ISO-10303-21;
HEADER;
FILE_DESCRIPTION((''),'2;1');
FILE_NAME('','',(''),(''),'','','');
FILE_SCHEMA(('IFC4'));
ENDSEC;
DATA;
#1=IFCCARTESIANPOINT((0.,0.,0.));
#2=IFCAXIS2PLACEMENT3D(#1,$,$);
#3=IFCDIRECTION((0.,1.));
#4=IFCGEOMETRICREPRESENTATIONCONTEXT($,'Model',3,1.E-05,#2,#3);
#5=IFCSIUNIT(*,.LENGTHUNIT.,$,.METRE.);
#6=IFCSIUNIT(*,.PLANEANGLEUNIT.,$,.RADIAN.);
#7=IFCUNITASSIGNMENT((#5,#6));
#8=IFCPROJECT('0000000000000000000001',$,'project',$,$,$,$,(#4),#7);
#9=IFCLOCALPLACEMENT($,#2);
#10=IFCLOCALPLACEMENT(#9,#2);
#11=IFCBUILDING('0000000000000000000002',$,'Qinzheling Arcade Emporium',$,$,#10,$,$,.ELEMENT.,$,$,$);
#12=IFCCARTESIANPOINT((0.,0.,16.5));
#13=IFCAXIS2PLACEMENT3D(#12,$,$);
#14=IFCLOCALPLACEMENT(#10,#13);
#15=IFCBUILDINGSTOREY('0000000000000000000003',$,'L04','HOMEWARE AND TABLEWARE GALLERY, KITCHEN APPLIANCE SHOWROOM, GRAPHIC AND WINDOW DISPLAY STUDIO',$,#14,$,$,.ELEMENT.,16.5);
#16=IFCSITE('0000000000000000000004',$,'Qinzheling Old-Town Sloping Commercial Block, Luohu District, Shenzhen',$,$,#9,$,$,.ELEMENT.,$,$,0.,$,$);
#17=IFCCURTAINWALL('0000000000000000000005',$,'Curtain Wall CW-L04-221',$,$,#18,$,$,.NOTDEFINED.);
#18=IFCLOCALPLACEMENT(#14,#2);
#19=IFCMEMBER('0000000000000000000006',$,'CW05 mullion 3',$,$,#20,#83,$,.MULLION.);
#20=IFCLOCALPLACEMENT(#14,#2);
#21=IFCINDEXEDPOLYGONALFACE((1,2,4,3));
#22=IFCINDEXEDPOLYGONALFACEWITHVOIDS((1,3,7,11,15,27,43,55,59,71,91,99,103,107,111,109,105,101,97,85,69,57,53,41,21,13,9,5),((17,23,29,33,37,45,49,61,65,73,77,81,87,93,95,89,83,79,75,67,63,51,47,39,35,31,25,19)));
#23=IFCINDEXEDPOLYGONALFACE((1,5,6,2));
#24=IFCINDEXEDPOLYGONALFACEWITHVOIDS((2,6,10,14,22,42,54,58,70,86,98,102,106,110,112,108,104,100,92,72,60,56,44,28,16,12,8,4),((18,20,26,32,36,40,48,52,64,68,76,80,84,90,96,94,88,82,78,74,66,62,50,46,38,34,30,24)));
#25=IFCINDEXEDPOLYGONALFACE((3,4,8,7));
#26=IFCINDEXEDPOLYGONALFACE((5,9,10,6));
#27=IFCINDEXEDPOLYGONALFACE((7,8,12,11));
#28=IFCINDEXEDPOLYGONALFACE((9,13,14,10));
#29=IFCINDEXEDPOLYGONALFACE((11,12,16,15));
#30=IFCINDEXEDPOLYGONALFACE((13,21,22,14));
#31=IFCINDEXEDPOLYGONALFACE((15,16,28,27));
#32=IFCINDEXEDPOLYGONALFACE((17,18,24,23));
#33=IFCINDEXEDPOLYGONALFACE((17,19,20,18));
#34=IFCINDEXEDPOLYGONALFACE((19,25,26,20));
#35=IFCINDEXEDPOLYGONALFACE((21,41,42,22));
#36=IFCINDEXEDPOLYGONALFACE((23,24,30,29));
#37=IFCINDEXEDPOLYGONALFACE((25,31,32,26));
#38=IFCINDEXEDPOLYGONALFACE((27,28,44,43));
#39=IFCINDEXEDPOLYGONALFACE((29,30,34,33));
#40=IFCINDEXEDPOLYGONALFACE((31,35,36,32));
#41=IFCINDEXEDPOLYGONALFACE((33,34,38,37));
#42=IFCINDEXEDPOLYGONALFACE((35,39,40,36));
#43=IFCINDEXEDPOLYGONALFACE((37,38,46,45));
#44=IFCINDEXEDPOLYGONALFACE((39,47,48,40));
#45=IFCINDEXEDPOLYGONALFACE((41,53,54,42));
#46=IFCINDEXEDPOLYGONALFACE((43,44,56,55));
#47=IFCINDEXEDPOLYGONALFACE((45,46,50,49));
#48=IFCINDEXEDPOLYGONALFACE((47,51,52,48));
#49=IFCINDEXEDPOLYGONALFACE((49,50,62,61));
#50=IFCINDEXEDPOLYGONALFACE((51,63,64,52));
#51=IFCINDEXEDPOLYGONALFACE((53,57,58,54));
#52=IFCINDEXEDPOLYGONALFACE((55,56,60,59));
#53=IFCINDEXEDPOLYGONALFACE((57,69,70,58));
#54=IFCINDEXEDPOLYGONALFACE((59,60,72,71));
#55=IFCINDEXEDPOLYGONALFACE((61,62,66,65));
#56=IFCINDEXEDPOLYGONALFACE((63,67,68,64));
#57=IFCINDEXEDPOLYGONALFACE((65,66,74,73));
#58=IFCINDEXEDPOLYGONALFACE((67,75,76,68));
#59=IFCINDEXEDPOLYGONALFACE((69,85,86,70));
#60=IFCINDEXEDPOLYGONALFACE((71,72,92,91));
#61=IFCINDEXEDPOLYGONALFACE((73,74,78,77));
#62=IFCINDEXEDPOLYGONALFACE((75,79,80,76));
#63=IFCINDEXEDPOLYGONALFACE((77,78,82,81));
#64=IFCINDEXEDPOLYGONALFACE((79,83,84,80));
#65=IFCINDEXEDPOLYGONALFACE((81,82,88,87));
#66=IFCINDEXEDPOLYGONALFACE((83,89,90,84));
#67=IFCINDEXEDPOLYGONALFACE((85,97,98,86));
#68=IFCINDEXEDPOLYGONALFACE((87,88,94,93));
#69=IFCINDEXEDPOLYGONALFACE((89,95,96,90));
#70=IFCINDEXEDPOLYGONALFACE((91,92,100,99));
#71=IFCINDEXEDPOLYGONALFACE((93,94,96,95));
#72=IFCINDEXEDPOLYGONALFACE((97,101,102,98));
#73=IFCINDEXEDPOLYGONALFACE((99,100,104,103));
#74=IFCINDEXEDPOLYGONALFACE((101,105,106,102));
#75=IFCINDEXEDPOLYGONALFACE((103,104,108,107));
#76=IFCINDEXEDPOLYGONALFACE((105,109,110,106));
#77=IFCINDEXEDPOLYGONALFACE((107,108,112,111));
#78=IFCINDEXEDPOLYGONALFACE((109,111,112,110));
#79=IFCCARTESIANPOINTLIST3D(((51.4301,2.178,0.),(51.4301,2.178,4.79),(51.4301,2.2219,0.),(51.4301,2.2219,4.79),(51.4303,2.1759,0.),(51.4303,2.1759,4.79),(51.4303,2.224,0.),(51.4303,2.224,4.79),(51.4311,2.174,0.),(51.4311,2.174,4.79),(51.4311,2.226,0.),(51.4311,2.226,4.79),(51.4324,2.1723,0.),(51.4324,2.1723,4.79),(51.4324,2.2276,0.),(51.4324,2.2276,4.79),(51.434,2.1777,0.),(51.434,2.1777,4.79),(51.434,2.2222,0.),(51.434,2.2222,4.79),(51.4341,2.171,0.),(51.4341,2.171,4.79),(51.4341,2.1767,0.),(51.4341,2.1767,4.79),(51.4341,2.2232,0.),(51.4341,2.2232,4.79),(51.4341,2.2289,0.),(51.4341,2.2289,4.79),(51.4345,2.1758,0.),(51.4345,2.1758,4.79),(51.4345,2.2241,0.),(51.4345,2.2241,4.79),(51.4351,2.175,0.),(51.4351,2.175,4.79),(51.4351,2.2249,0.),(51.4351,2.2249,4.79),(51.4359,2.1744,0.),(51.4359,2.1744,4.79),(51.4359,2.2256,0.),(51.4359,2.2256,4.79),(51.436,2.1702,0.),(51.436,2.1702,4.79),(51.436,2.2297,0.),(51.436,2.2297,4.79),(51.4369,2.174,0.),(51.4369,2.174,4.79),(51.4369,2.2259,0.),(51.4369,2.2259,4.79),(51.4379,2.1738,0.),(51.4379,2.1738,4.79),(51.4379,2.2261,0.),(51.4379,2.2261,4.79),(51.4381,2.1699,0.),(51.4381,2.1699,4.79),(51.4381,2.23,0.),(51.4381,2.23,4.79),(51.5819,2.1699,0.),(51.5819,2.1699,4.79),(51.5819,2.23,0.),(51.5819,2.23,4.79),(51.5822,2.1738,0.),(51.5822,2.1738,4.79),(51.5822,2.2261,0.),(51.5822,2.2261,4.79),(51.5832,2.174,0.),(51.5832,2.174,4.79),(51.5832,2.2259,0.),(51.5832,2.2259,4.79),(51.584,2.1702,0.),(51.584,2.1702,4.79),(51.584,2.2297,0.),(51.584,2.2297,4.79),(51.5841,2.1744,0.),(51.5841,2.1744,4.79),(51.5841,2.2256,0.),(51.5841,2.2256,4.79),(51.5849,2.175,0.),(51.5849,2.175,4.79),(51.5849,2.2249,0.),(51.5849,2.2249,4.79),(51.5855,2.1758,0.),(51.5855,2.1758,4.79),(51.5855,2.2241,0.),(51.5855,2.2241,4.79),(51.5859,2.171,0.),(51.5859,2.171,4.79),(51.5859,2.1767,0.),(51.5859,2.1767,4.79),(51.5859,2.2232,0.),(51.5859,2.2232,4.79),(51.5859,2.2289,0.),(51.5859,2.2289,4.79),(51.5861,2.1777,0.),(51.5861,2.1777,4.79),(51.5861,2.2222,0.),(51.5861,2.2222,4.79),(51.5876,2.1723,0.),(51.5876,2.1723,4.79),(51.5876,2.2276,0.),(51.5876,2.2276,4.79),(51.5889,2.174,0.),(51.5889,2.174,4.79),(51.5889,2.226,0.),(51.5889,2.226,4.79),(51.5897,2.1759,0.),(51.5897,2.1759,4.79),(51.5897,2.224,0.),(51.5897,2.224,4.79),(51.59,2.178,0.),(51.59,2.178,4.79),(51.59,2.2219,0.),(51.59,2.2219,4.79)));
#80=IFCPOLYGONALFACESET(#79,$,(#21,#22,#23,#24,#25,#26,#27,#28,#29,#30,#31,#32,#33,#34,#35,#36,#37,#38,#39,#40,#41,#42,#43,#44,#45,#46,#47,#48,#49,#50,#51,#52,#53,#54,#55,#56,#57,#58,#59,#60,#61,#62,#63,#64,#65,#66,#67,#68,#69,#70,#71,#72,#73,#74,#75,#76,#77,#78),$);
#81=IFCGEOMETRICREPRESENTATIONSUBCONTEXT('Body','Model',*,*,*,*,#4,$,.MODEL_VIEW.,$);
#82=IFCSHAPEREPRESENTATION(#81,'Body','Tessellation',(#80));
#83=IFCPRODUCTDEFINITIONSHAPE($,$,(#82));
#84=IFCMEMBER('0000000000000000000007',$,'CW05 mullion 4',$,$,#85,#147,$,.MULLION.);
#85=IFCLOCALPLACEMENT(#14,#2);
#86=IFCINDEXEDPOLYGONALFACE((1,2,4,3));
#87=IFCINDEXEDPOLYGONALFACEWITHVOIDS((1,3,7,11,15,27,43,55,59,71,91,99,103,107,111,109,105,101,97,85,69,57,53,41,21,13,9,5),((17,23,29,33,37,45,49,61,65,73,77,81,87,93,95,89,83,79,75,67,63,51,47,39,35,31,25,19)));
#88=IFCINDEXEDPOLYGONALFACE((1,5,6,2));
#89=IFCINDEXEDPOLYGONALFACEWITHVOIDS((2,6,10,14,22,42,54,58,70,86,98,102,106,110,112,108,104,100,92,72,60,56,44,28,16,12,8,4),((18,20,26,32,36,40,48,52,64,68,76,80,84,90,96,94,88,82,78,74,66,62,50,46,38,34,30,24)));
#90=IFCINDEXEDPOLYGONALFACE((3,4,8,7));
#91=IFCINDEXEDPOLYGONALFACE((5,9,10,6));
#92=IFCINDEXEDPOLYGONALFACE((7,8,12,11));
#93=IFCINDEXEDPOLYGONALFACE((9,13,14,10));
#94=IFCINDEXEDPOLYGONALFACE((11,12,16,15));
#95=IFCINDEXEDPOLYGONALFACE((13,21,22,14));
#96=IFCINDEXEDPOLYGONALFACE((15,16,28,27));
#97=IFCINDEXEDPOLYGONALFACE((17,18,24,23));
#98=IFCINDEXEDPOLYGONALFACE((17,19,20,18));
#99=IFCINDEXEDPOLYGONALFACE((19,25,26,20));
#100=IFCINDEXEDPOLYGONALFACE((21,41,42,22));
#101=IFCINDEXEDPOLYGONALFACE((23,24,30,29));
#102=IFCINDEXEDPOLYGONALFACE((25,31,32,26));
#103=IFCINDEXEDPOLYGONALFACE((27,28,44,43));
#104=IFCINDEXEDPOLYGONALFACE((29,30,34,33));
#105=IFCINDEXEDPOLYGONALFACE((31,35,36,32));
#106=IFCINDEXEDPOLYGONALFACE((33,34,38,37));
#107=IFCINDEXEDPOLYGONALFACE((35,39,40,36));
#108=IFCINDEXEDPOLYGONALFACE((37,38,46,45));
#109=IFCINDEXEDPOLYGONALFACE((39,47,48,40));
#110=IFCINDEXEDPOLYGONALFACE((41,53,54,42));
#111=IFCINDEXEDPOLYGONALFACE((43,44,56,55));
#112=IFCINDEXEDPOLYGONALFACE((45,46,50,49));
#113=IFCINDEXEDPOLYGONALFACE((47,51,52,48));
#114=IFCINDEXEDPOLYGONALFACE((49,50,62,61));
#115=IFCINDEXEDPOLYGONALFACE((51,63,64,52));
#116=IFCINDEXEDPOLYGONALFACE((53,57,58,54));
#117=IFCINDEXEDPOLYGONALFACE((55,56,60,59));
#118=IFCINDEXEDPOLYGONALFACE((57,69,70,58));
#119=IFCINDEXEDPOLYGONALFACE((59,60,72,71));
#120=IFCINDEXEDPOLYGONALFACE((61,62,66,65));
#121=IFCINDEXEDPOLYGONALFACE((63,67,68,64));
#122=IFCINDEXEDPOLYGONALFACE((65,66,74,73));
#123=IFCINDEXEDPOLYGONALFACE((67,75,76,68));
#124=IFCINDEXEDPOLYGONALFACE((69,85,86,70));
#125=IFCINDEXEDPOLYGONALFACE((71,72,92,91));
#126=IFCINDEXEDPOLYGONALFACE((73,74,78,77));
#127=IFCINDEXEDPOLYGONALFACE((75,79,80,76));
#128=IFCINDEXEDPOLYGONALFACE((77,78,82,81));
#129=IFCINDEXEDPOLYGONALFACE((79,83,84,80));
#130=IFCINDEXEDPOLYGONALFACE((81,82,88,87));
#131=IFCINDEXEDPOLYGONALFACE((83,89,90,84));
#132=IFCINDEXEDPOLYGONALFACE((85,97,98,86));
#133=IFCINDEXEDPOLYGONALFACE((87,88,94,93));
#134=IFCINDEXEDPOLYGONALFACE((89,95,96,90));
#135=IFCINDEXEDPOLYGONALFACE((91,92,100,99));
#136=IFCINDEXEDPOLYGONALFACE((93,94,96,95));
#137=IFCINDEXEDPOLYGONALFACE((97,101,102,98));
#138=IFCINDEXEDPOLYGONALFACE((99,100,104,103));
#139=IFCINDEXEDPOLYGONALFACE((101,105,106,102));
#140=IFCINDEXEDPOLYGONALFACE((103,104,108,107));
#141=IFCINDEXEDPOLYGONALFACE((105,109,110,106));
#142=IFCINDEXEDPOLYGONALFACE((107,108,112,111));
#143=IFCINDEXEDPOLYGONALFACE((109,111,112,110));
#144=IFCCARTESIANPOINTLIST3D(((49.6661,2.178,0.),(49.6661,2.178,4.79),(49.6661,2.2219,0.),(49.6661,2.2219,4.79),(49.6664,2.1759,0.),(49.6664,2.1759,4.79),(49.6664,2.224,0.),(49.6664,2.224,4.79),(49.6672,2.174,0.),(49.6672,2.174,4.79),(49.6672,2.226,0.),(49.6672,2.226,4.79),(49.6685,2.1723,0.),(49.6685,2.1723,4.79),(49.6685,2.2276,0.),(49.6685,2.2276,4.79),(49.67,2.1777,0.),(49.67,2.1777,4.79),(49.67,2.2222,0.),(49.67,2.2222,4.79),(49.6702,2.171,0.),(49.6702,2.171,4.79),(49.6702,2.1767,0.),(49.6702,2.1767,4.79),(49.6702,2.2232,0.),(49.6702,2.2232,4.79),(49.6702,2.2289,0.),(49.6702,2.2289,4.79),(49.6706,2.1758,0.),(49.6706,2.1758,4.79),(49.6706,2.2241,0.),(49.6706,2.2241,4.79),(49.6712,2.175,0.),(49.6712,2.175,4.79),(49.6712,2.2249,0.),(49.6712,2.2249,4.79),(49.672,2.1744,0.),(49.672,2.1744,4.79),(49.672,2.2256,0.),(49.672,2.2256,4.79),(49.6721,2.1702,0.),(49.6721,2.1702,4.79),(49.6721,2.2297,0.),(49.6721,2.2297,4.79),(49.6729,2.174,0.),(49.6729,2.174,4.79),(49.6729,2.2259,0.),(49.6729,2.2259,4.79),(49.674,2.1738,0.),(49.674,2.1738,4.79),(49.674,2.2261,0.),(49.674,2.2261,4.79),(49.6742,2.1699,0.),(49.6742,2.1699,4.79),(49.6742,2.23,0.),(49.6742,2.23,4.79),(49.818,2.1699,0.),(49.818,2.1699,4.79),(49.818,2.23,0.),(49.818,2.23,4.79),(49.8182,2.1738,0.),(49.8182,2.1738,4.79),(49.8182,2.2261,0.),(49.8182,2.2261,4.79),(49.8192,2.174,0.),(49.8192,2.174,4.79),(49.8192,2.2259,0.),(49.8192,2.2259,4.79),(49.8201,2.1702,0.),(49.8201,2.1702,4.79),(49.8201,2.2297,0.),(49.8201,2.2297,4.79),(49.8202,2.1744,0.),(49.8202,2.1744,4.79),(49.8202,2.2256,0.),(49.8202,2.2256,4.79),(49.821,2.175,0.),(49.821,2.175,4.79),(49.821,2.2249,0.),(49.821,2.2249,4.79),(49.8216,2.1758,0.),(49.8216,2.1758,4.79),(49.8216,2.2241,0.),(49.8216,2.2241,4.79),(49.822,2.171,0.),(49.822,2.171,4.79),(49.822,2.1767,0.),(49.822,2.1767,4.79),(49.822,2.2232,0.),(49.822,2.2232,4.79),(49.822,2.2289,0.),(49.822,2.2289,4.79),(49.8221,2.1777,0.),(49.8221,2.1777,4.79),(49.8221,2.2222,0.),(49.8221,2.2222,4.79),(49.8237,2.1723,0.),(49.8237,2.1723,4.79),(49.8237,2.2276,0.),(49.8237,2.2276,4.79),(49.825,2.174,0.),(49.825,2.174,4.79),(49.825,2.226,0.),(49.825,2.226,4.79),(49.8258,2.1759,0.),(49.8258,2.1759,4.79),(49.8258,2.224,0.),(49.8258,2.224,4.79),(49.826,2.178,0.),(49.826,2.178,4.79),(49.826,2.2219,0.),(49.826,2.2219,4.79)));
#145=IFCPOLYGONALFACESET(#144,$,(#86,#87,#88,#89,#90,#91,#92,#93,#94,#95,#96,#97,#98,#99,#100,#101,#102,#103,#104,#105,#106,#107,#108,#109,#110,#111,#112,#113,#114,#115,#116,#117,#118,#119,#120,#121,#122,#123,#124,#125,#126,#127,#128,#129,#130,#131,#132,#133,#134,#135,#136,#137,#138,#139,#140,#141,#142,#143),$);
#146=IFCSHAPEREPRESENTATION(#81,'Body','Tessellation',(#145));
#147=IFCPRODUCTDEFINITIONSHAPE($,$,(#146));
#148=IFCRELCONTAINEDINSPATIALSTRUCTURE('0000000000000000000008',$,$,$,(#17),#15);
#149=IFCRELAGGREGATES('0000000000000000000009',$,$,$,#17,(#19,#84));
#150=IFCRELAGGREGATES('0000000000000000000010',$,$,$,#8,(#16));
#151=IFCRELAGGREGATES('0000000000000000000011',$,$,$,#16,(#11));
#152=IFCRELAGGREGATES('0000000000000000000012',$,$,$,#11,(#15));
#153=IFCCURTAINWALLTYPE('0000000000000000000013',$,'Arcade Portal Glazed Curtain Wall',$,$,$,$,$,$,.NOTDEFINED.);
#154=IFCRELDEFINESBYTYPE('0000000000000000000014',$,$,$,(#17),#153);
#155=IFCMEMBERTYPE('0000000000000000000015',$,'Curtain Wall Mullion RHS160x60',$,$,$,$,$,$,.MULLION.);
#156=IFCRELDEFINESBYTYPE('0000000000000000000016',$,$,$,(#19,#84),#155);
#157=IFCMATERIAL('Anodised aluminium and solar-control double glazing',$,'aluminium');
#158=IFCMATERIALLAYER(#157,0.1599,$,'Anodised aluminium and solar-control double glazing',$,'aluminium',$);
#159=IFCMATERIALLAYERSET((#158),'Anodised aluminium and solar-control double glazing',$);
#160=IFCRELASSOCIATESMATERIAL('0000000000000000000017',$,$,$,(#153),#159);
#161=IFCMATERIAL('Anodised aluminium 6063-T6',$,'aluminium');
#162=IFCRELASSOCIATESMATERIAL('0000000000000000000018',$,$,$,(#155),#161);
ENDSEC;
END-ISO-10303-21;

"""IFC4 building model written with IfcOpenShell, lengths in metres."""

from ifc_helpers import new_model, si_unit, direction, frame, origin, origin_2d, place, context, subcontext, project, spatial, hollow_rectangle, extrude, material, layer, layer_set, material_profile, profile_set, type_object, element, aggregate, save


model = new_model("IFC4")

# Units and contexts
model_context = context("Model", 3, precision=1e-05, world=origin(), true_north=direction((0.0, 1.0)))
body_context = subcontext(model_context, "Body", "Model", "MODEL_VIEW")
ifc_project = project(units=[si_unit("LENGTHUNIT", "METRE"), si_unit("PLANEANGLEUNIT", "RADIAN")], contexts=[model_context])

# Site, building, storey
site_placement = place(None, origin())
site = spatial("IfcSite", under=ifc_project, at=site_placement, Name="Qinzheling Old-Town Sloping Commercial Block, Luohu District, Shenzhen", CompositionType="ELEMENT", RefElevation=0.0)
building_placement = place(site_placement, origin())
building = spatial("IfcBuilding", under=site, at=building_placement, Name="Qinzheling Arcade Emporium", CompositionType="ELEMENT")
storey_placement = place(building_placement, frame((0.0, 0.0, 16.5)))
storey = spatial("IfcBuildingStorey", under=building, at=storey_placement, Name="L04", Description="HOMEWARE AND TABLEWARE GALLERY, KITCHEN APPLIANCE SHOWROOM, GRAPHIC AND WINDOW DISPLAY STUDIO", CompositionType="ELEMENT", Elevation=16.5)

# Curtain wall, members
ifc_material_1 = material(Name="Anodised aluminium and solar-control double glazing", Category="aluminium")
ifc_layer_1 = layer(ifc_material_1, 0.1599, Name="Anodised aluminium and solar-control double glazing", Category="aluminium")
ifc_layer_set_1 = layer_set([ifc_layer_1], Name="Anodised aluminium and solar-control double glazing")
curtain_wall_type_1 = type_object("IfcCurtainWallType", Name="Arcade Portal Glazed Curtain Wall", PredefinedType="NOTDEFINED", material=ifc_layer_set_1)
curtain_wall_1_placement = place(storey_placement, origin())
curtain_wall_1 = element("IfcCurtainWall", 1, at=curtain_wall_1_placement, inside=storey, type_object=curtain_wall_type_1, Name="Curtain Wall CW-L04-221", PredefinedType="NOTDEFINED")
ifc_material_2 = material(Name="Anodised aluminium 6063-T6", Category="aluminium")
ifc_material_profile_1 = material_profile(ifc_material_2, hollow_rectangle(XDim=0.0601, YDim=0.1599, WallThickness=0.0039, InnerFilletRadius=0.0039, OuterFilletRadius=0.0081, at=origin_2d()), Name="RHS 160x60x4", Category="aluminium")
ifc_profile_set_1 = profile_set([ifc_material_profile_1], Name="Anodised aluminium 6063-T6")
member_type_1 = type_object("IfcMemberType", Name="Curtain Wall Mullion RHS160x60", PredefinedType="MULLION", material=ifc_profile_set_1)
member_1_placement = place(storey_placement, frame((51.51, 2.2, 0.0), z_axis=(0.0, 0.0, 1.0), x_axis=(0.0, -1.0, 0.0)))
member_1 = element("IfcMember", 2, at=member_1_placement, type_object=member_type_1, Name="CW05 mullion 3", PredefinedType="MULLION", context=body_context, shape_type="SweptSolid", body=[
    extrude(hollow_rectangle(XDim=0.0601, YDim=0.1599, WallThickness=0.0039, InnerFilletRadius=0.0039, OuterFilletRadius=0.0081, at=origin_2d()), origin(), (0.0, 0.0, 1.0), 4.79),
])
member_2_placement = place(storey_placement, frame((49.7461, 2.2, 0.0), z_axis=(0.0, 0.0, 1.0), x_axis=(0.0, -1.0, 0.0)))
member_2 = element("IfcMember", 3, at=member_2_placement, type_object=member_type_1, Name="CW05 mullion 4", PredefinedType="MULLION", context=body_context, shape_type="SweptSolid", body=[
    extrude(hollow_rectangle(XDim=0.0601, YDim=0.1599, WallThickness=0.0039, InnerFilletRadius=0.0039, OuterFilletRadius=0.0081, at=origin_2d()), origin(), (0.0, 0.0, 1.0), 4.79),
])

aggregate(curtain_wall_1, [member_1, member_2])

save(model, "model.ifc")
